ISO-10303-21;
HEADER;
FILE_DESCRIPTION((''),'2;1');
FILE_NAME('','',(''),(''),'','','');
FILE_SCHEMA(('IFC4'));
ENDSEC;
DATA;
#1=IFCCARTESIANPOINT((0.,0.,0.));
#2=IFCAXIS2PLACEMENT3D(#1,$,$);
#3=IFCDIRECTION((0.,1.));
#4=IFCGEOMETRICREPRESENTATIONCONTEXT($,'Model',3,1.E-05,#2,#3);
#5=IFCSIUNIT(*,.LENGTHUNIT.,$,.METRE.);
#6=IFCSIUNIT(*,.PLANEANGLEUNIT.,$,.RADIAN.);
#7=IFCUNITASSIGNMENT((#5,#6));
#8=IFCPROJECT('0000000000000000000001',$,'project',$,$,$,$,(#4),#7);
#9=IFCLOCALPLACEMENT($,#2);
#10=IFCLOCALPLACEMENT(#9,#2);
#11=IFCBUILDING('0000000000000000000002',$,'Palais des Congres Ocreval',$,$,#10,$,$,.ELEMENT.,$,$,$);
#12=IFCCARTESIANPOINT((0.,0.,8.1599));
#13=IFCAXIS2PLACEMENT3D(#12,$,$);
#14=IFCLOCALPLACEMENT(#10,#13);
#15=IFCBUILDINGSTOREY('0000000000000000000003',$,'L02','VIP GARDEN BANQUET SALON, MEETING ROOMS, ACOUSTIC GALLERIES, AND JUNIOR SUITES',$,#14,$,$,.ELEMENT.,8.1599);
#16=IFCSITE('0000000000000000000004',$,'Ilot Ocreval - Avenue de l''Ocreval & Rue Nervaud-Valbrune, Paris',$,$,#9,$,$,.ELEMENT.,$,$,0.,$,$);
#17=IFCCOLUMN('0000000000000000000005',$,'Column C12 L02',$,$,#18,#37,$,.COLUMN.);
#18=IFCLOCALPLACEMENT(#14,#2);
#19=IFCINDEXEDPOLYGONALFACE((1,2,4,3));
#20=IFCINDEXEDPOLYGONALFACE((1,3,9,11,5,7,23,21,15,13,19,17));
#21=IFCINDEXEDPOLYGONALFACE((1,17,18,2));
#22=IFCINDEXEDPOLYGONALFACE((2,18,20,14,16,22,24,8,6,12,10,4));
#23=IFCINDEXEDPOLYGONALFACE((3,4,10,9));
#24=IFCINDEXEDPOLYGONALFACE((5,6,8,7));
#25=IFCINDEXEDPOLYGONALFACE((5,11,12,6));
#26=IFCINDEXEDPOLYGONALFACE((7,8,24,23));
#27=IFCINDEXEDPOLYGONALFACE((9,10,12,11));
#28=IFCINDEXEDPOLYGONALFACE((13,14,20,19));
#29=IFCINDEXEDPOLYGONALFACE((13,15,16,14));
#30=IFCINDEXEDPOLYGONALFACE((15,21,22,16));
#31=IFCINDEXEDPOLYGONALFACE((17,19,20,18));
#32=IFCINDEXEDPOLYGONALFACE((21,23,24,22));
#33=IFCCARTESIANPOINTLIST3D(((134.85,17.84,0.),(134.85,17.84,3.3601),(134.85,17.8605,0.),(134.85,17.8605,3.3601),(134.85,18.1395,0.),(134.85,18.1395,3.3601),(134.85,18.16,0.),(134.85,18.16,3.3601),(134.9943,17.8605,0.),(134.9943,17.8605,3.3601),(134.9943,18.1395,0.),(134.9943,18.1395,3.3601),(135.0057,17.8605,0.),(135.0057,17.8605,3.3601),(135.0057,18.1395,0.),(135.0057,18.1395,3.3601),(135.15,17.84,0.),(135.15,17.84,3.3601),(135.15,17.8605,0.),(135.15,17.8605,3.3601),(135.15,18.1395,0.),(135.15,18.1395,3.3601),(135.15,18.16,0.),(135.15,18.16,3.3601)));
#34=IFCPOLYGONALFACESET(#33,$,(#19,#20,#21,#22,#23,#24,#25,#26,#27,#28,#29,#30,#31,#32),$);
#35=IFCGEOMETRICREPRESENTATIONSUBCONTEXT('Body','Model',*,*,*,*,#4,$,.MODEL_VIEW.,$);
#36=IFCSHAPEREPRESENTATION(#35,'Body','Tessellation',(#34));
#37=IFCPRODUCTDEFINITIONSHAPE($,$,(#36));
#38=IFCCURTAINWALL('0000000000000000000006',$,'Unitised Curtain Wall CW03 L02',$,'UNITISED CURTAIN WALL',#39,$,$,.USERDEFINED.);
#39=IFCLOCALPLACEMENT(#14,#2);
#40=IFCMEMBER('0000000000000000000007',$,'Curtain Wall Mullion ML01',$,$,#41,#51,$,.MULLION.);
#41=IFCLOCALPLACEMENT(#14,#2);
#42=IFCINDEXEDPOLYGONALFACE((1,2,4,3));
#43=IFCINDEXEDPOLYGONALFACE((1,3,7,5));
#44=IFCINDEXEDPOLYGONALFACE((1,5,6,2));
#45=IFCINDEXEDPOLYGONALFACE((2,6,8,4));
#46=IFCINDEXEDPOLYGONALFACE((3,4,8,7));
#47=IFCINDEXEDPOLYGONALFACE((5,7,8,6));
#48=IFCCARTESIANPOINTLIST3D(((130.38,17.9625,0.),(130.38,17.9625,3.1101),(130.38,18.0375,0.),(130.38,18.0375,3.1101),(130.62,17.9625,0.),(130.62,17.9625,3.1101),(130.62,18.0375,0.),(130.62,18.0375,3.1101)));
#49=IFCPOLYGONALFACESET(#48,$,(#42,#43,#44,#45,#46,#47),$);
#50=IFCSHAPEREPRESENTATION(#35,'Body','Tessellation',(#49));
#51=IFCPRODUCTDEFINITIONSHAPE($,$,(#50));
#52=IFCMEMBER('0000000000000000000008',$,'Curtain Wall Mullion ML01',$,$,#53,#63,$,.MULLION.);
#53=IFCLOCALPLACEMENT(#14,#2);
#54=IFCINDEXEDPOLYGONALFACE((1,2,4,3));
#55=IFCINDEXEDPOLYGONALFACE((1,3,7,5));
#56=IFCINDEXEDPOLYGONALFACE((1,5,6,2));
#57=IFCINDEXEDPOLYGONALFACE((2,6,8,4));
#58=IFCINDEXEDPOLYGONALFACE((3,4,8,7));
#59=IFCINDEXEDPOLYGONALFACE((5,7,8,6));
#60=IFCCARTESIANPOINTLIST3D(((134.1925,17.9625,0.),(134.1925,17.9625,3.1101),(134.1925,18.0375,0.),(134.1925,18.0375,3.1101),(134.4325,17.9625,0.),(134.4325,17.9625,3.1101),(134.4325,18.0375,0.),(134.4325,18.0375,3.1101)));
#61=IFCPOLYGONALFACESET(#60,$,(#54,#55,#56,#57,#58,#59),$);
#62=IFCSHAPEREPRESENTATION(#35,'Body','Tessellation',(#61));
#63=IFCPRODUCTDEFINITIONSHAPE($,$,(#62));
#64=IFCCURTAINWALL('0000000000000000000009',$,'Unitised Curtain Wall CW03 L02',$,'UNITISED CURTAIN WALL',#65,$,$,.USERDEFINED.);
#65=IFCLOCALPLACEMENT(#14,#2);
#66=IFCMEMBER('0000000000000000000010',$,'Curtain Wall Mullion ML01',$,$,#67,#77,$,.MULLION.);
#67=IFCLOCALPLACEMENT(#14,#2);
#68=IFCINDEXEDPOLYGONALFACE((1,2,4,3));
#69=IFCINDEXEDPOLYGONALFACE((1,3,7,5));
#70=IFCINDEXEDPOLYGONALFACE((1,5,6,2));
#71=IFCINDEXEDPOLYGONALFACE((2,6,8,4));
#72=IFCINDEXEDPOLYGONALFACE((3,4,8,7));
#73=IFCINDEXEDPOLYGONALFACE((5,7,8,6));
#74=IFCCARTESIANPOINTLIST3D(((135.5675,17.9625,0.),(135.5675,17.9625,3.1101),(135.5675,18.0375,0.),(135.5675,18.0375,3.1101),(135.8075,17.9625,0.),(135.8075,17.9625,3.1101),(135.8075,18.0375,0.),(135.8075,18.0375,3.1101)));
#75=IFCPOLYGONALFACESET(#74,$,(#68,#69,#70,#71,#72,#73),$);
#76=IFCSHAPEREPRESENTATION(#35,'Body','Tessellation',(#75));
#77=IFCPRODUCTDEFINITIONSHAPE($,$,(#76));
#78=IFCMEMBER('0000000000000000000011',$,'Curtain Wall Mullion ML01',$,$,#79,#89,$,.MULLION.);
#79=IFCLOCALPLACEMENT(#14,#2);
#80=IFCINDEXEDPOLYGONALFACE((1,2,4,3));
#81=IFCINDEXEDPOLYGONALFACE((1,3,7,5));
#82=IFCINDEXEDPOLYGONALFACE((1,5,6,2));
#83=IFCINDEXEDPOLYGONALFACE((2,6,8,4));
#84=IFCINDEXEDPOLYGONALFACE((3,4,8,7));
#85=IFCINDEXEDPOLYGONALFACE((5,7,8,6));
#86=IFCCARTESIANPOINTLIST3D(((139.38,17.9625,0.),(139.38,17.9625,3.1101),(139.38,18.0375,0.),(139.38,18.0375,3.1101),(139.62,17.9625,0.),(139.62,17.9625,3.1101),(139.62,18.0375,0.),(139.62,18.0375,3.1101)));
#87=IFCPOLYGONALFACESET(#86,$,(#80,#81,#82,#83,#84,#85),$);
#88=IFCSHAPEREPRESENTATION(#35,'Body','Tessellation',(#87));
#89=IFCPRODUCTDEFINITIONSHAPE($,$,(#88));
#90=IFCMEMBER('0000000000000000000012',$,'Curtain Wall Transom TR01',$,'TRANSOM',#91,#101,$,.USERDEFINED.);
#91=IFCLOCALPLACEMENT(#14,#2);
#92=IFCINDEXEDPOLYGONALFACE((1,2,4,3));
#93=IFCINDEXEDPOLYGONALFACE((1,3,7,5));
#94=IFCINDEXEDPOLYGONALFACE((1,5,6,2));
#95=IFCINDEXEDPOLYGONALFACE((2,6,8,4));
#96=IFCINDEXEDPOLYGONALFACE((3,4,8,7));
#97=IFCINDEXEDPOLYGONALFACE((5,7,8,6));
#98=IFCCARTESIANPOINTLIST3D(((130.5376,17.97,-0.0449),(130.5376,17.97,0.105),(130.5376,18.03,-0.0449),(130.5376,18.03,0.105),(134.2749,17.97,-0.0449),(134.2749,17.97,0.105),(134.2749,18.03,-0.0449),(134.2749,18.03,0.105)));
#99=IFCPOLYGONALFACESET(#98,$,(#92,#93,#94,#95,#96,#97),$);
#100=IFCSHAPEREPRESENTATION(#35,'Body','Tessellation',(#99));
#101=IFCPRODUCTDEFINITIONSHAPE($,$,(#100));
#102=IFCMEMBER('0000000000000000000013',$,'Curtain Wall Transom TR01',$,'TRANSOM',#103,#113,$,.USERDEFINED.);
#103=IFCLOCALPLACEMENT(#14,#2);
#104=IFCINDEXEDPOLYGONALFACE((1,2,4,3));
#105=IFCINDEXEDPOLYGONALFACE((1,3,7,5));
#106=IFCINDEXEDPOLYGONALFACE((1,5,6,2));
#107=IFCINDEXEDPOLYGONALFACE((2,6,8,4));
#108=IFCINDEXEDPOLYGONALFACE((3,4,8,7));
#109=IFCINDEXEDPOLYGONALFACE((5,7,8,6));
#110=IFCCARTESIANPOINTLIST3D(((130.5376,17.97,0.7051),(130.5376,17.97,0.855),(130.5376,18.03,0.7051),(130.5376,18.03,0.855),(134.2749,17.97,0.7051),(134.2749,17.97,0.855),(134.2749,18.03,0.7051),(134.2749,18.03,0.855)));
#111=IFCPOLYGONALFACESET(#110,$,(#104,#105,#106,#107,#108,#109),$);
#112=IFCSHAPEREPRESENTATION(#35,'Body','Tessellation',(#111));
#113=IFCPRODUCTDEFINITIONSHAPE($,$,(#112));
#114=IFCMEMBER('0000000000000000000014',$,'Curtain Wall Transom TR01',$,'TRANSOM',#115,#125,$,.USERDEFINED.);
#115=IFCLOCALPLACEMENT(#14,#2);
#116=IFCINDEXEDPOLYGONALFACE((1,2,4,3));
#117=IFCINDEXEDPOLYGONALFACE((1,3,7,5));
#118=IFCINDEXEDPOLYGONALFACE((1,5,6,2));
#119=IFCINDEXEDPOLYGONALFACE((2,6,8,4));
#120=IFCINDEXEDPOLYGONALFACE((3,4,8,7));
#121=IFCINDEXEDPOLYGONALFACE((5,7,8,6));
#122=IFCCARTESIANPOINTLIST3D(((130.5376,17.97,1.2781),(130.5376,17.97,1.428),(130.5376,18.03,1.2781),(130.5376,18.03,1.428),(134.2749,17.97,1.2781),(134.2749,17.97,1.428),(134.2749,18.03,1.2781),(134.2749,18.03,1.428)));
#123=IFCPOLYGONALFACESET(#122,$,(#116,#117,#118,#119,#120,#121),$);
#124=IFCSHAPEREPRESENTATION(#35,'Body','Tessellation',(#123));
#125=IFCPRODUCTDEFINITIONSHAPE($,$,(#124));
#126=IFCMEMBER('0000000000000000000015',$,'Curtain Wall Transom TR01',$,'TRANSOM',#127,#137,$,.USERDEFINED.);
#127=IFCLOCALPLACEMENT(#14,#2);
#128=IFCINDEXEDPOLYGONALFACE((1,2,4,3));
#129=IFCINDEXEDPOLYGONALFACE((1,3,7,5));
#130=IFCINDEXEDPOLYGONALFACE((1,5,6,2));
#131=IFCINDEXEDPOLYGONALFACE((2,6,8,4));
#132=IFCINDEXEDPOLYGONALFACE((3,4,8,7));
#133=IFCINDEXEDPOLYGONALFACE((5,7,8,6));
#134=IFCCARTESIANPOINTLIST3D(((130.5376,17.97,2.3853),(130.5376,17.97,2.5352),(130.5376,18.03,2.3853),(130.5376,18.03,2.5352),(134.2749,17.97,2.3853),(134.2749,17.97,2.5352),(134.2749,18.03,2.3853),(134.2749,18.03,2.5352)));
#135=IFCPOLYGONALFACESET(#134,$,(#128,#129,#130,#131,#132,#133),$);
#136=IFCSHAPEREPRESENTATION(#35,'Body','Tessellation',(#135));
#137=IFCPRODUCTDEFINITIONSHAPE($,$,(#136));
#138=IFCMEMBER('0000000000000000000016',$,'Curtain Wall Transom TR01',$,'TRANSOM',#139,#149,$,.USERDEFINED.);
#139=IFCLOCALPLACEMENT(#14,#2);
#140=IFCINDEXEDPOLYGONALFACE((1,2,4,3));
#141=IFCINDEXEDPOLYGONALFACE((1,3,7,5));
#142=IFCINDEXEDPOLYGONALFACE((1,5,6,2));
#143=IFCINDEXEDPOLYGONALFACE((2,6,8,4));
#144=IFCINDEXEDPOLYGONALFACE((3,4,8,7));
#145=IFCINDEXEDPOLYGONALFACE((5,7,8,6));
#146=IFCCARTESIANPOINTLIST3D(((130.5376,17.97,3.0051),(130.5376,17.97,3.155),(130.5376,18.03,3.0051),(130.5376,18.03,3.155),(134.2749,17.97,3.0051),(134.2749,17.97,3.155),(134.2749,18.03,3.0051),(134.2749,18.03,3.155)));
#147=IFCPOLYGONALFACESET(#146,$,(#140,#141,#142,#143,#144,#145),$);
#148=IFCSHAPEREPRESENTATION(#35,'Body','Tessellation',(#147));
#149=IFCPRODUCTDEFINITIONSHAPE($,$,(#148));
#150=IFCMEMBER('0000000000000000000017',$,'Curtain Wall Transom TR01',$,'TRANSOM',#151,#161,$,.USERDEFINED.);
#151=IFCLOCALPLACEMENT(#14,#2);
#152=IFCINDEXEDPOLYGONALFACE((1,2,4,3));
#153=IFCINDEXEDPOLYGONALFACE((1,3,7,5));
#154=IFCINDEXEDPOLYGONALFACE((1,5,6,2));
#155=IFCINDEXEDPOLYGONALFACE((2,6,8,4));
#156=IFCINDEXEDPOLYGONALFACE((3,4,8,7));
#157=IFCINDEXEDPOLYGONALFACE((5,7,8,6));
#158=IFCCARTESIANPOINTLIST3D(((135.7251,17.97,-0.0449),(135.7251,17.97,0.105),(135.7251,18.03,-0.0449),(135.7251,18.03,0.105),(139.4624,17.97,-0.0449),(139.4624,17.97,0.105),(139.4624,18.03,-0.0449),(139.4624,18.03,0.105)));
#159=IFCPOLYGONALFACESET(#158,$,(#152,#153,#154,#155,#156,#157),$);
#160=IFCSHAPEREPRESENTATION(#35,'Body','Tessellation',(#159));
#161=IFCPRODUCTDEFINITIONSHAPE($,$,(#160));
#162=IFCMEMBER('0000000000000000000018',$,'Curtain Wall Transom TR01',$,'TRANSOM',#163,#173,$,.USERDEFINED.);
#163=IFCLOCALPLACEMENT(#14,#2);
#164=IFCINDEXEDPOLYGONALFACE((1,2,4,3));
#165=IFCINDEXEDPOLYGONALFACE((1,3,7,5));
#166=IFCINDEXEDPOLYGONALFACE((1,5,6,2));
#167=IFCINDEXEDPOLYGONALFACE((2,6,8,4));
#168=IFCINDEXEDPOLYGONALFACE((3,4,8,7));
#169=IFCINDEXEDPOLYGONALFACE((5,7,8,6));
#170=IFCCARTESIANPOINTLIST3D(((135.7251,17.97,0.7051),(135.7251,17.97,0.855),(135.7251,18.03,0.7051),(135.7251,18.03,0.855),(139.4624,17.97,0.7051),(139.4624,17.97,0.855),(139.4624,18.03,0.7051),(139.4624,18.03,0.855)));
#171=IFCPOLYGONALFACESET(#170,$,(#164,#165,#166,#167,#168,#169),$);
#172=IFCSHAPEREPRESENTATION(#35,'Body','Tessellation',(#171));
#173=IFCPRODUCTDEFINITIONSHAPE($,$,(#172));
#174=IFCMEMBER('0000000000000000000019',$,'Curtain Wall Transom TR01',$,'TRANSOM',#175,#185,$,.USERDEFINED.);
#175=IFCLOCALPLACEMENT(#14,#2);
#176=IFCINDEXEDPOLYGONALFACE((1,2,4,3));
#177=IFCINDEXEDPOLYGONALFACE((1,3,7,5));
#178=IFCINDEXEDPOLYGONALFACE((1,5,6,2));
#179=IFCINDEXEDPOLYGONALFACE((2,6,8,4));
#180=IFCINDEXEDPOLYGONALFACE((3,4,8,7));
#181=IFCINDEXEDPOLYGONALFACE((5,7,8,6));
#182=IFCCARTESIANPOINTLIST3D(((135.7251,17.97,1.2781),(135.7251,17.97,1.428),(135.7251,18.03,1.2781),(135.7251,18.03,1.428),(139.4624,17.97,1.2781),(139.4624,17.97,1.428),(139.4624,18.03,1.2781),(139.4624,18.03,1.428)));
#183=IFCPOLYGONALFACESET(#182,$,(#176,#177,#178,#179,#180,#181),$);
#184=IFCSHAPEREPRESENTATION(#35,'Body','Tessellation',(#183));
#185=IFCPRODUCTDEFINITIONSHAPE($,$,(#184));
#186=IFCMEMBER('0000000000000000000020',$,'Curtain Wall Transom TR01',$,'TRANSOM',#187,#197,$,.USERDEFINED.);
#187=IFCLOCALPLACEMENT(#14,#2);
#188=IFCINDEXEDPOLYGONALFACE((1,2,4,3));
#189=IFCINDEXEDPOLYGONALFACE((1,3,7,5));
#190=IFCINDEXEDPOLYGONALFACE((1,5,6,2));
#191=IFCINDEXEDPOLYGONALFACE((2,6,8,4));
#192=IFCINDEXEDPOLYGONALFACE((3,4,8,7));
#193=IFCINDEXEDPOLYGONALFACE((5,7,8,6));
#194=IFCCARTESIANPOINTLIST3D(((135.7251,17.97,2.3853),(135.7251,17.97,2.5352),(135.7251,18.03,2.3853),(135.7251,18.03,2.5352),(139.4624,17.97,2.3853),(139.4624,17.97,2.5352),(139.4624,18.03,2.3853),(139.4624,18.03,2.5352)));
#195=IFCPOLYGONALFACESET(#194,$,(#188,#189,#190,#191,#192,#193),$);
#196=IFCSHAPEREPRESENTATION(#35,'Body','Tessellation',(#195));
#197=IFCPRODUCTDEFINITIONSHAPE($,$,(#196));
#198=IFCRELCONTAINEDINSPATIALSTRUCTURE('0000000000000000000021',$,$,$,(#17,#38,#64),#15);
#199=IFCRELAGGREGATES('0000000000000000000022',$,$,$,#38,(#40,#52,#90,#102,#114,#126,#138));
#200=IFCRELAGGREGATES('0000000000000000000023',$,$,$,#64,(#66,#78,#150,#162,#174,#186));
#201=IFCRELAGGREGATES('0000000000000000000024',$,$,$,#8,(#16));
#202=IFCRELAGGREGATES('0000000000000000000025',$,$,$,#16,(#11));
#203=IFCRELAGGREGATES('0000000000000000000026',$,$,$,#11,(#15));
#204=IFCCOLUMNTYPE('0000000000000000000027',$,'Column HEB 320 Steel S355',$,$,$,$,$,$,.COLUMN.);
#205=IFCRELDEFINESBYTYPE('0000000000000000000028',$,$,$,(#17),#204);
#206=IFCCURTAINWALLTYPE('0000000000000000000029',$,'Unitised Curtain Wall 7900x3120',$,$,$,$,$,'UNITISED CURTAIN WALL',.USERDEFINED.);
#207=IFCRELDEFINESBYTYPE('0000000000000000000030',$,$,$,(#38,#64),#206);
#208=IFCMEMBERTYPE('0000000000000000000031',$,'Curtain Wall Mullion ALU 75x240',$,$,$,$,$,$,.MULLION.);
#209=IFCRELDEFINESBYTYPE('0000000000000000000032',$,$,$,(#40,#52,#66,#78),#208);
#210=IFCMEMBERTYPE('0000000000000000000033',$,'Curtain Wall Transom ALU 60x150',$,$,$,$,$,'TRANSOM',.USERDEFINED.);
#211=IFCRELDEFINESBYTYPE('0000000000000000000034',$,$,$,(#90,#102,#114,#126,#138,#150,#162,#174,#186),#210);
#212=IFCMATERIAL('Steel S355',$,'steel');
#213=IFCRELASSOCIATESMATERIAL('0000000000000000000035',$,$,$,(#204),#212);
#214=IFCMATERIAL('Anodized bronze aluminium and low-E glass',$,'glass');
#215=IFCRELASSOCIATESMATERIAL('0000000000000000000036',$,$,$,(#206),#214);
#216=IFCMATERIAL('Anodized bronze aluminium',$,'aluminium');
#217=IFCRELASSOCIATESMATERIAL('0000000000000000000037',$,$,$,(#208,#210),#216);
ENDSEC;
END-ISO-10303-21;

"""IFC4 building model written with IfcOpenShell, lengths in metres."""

from ifc_helpers import new_model, si_unit, direction, frame, origin, origin_2d, place, context, subcontext, project, spatial, rectangle, i_section, extrude, material, material_profile, profile_set, type_object, element, aggregate, save


model = new_model("IFC4")

# Units and contexts
model_context = context("Model", 3, precision=1e-05, world=origin(), true_north=direction((0.0, 1.0)))
body_context = subcontext(model_context, "Body", "Model", "MODEL_VIEW")
ifc_project = project(units=[si_unit("LENGTHUNIT", "METRE"), si_unit("PLANEANGLEUNIT", "RADIAN")], contexts=[model_context])

# Site, building, storey
site_placement = place(None, origin())
site = spatial("IfcSite", under=ifc_project, at=site_placement, Name="Ilot Ocreval - Avenue de l'Ocreval & Rue Nervaud-Valbrune, Paris", CompositionType="ELEMENT", RefElevation=0.0)
building_placement = place(site_placement, origin())
building = spatial("IfcBuilding", under=site, at=building_placement, Name="Palais des Congres Ocreval", CompositionType="ELEMENT")
storey_placement = place(building_placement, frame((0.0, 0.0, 8.1599)))
storey = spatial("IfcBuildingStorey", under=building, at=storey_placement, Name="L02", Description="VIP GARDEN BANQUET SALON, MEETING ROOMS, ACOUSTIC GALLERIES, AND JUNIOR SUITES", CompositionType="ELEMENT", Elevation=8.1599)

# Column
ifc_material_1 = material(Name="Steel S355", Category="steel")
ifc_material_profile_1 = material_profile(ifc_material_1, i_section(OverallWidth=0.3, OverallDepth=0.3201, WebThickness=0.0115, FlangeThickness=0.0205, at=origin_2d()), Name="HEB 320")
ifc_profile_set_1 = profile_set([ifc_material_profile_1], Name="Steel S355")
column_type = type_object("IfcColumnType", Name="Column HEB 320 Steel S355", PredefinedType="COLUMN", material=ifc_profile_set_1)
column_placement = place(storey_placement, frame((135.0, 18.0, 0.0), z_axis=(0.0, 0.0, 1.0), x_axis=(1.0, 0.0, 0.0)))
element("IfcColumn", 1, at=column_placement, inside=storey, type_object=column_type, Name="Column C12 L02", PredefinedType="COLUMN", context=body_context, shape_type="SweptSolid", body=[
    extrude(i_section(OverallWidth=0.3, OverallDepth=0.3201, WebThickness=0.0115, FlangeThickness=0.0205, at=origin_2d()), origin(), (0.0, 0.0, 1.0), 3.3601),
])

# Curtain walls, members
ifc_material_2 = material(Name="Anodized bronze aluminium and low-E glass", Category="glass")
curtain_wall_type = type_object("IfcCurtainWallType", Name="Unitised Curtain Wall 7900x3120", ElementType="UNITISED CURTAIN WALL", PredefinedType="USERDEFINED", material=ifc_material_2)
curtain_wall_1_placement = place(storey_placement, origin())
curtain_wall_1 = element("IfcCurtainWall", 2, at=curtain_wall_1_placement, inside=storey, type_object=curtain_wall_type, Name="Unitised Curtain Wall CW03 L02", ObjectType="UNITISED CURTAIN WALL", PredefinedType="USERDEFINED")
ifc_material_3 = material(Name="Anodized bronze aluminium", Category="aluminium")
ifc_material_profile_2 = material_profile(ifc_material_3, rectangle(XDim=0.075, YDim=0.24, at=origin_2d()), Name="ALU 75x240")
ifc_profile_set_2 = profile_set([ifc_material_profile_2], Name="Anodized bronze aluminium")
member_type_1 = type_object("IfcMemberType", Name="Curtain Wall Mullion ALU 75x240", PredefinedType="MULLION", material=ifc_profile_set_2)
member_1_placement = place(storey_placement, frame((130.5, 18.0, 0.0), z_axis=(0.0, 0.0, 1.0), x_axis=(0.0, 1.0, 0.0)))
member_1 = element("IfcMember", 3, at=member_1_placement, type_object=member_type_1, Name="Curtain Wall Mullion ML01", PredefinedType="MULLION", context=body_context, shape_type="SweptSolid", body=[
    extrude(rectangle(XDim=0.075, YDim=0.24, at=origin_2d()), origin(), (0.0, 0.0, 1.0), 3.1101),
])
member_2_placement = place(storey_placement, frame((134.3125, 18.0, 0.0), z_axis=(0.0, 0.0, 1.0), x_axis=(0.0, 1.0, 0.0)))
member_2 = element("IfcMember", 4, at=member_2_placement, type_object=member_type_1, Name="Curtain Wall Mullion ML01", PredefinedType="MULLION", context=body_context, shape_type="SweptSolid", body=[
    extrude(rectangle(XDim=0.075, YDim=0.24, at=origin_2d()), origin(), (0.0, 0.0, 1.0), 3.1101),
])
curtain_wall_2_placement = place(storey_placement, origin())
curtain_wall_2 = element("IfcCurtainWall", 5, at=curtain_wall_2_placement, inside=storey, type_object=curtain_wall_type, Name="Unitised Curtain Wall CW03 L02", ObjectType="UNITISED CURTAIN WALL", PredefinedType="USERDEFINED")
member_3_placement = place(storey_placement, frame((135.6875, 18.0, 0.0), z_axis=(0.0, 0.0, 1.0), x_axis=(0.0, 1.0, 0.0)))
member_3 = element("IfcMember", 6, at=member_3_placement, type_object=member_type_1, Name="Curtain Wall Mullion ML01", PredefinedType="MULLION", context=body_context, shape_type="SweptSolid", body=[
    extrude(rectangle(XDim=0.075, YDim=0.24, at=origin_2d()), origin(), (0.0, 0.0, 1.0), 3.1101),
])
member_4_placement = place(storey_placement, frame((139.5, 18.0, 0.0), z_axis=(0.0, 0.0, 1.0), x_axis=(0.0, 1.0, 0.0)))
member_4 = element("IfcMember", 7, at=member_4_placement, type_object=member_type_1, Name="Curtain Wall Mullion ML01", PredefinedType="MULLION", context=body_context, shape_type="SweptSolid", body=[
    extrude(rectangle(XDim=0.075, YDim=0.24, at=origin_2d()), origin(), (0.0, 0.0, 1.0), 3.1101),
])

# Members
ifc_material_profile_3 = material_profile(ifc_material_3, rectangle(XDim=0.0601, YDim=0.1499, at=origin_2d()), Name="ALU 60x150")
ifc_profile_set_3 = profile_set([ifc_material_profile_3], Name="Anodized bronze aluminium")
member_type_2 = type_object("IfcMemberType", Name="Curtain Wall Transom ALU 60x150", ElementType="TRANSOM", PredefinedType="USERDEFINED", material=ifc_profile_set_3)
member_5_placement = place(storey_placement, frame((130.5376, 18.0, 0.03), z_axis=(1.0, 0.0, 0.0), x_axis=(0.0, 1.0, 0.0)))
member_5 = element("IfcMember", 8, at=member_5_placement, type_object=member_type_2, Name="Curtain Wall Transom TR01", ObjectType="TRANSOM", PredefinedType="USERDEFINED", context=body_context, shape_type="SweptSolid", body=[
    extrude(rectangle(XDim=0.0601, YDim=0.1499, at=origin_2d()), origin(), (0.0, 0.0, 1.0), 3.7373),
])
member_6_placement = place(storey_placement, frame((130.5376, 18.0, 0.78), z_axis=(1.0, 0.0, 0.0), x_axis=(0.0, 1.0, 0.0)))
member_6 = element("IfcMember", 9, at=member_6_placement, type_object=member_type_2, Name="Curtain Wall Transom TR01", ObjectType="TRANSOM", PredefinedType="USERDEFINED", context=body_context, shape_type="SweptSolid", body=[
    extrude(rectangle(XDim=0.0601, YDim=0.1499, at=origin_2d()), origin(), (0.0, 0.0, 1.0), 3.7373),
])
member_7_placement = place(storey_placement, frame((130.5376, 18.0, 1.353), z_axis=(1.0, 0.0, 0.0), x_axis=(0.0, 1.0, 0.0)))
member_7 = element("IfcMember", 10, at=member_7_placement, type_object=member_type_2, Name="Curtain Wall Transom TR01", ObjectType="TRANSOM", PredefinedType="USERDEFINED", context=body_context, shape_type="SweptSolid", body=[
    extrude(rectangle(XDim=0.0601, YDim=0.1499, at=origin_2d()), origin(), (0.0, 0.0, 1.0), 3.7373),
])
member_8_placement = place(storey_placement, frame((130.5376, 18.0, 2.4602), z_axis=(1.0, 0.0, 0.0), x_axis=(0.0, 1.0, 0.0)))
member_8 = element("IfcMember", 11, at=member_8_placement, type_object=member_type_2, Name="Curtain Wall Transom TR01", ObjectType="TRANSOM", PredefinedType="USERDEFINED", context=body_context, shape_type="SweptSolid", body=[
    extrude(rectangle(XDim=0.0601, YDim=0.1499, at=origin_2d()), origin(), (0.0, 0.0, 1.0), 3.7373),
])
member_9_placement = place(storey_placement, frame((130.5376, 18.0, 3.0801), z_axis=(1.0, 0.0, 0.0), x_axis=(0.0, 1.0, 0.0)))
member_9 = element("IfcMember", 12, at=member_9_placement, type_object=member_type_2, Name="Curtain Wall Transom TR01", ObjectType="TRANSOM", PredefinedType="USERDEFINED", context=body_context, shape_type="SweptSolid", body=[
    extrude(rectangle(XDim=0.0601, YDim=0.1499, at=origin_2d()), origin(), (0.0, 0.0, 1.0), 3.7373),
])
member_10_placement = place(storey_placement, frame((135.7251, 18.0, 0.03), z_axis=(1.0, 0.0, 0.0), x_axis=(0.0, 1.0, 0.0)))
member_10 = element("IfcMember", 13, at=member_10_placement, type_object=member_type_2, Name="Curtain Wall Transom TR01", ObjectType="TRANSOM", PredefinedType="USERDEFINED", context=body_context, shape_type="SweptSolid", body=[
    extrude(rectangle(XDim=0.0601, YDim=0.1499, at=origin_2d()), origin(), (0.0, 0.0, 1.0), 3.7373),
])
member_11_placement = place(storey_placement, frame((135.7251, 18.0, 0.78), z_axis=(1.0, 0.0, 0.0), x_axis=(0.0, 1.0, 0.0)))
member_11 = element("IfcMember", 14, at=member_11_placement, type_object=member_type_2, Name="Curtain Wall Transom TR01", ObjectType="TRANSOM", PredefinedType="USERDEFINED", context=body_context, shape_type="SweptSolid", body=[
    extrude(rectangle(XDim=0.0601, YDim=0.1499, at=origin_2d()), origin(), (0.0, 0.0, 1.0), 3.7373),
])
member_12_placement = place(storey_placement, frame((135.7251, 18.0, 1.353), z_axis=(1.0, 0.0, 0.0), x_axis=(0.0, 1.0, 0.0)))
member_12 = element("IfcMember", 15, at=member_12_placement, type_object=member_type_2, Name="Curtain Wall Transom TR01", ObjectType="TRANSOM", PredefinedType="USERDEFINED", context=body_context, shape_type="SweptSolid", body=[
    extrude(rectangle(XDim=0.0601, YDim=0.1499, at=origin_2d()), origin(), (0.0, 0.0, 1.0), 3.7373),
])
member_13_placement = place(storey_placement, frame((135.7251, 18.0, 2.4602), z_axis=(1.0, 0.0, 0.0), x_axis=(0.0, 1.0, 0.0)))
member_13 = element("IfcMember", 16, at=member_13_placement, type_object=member_type_2, Name="Curtain Wall Transom TR01", ObjectType="TRANSOM", PredefinedType="USERDEFINED", context=body_context, shape_type="SweptSolid", body=[
    extrude(rectangle(XDim=0.0601, YDim=0.1499, at=origin_2d()), origin(), (0.0, 0.0, 1.0), 3.7373),
])

aggregate(curtain_wall_1, [member_1, member_2, member_5, member_6, member_7, member_8, member_9])
aggregate(curtain_wall_2, [member_3, member_4, member_10, member_11, member_12, member_13])

save(model, "model.ifc")
